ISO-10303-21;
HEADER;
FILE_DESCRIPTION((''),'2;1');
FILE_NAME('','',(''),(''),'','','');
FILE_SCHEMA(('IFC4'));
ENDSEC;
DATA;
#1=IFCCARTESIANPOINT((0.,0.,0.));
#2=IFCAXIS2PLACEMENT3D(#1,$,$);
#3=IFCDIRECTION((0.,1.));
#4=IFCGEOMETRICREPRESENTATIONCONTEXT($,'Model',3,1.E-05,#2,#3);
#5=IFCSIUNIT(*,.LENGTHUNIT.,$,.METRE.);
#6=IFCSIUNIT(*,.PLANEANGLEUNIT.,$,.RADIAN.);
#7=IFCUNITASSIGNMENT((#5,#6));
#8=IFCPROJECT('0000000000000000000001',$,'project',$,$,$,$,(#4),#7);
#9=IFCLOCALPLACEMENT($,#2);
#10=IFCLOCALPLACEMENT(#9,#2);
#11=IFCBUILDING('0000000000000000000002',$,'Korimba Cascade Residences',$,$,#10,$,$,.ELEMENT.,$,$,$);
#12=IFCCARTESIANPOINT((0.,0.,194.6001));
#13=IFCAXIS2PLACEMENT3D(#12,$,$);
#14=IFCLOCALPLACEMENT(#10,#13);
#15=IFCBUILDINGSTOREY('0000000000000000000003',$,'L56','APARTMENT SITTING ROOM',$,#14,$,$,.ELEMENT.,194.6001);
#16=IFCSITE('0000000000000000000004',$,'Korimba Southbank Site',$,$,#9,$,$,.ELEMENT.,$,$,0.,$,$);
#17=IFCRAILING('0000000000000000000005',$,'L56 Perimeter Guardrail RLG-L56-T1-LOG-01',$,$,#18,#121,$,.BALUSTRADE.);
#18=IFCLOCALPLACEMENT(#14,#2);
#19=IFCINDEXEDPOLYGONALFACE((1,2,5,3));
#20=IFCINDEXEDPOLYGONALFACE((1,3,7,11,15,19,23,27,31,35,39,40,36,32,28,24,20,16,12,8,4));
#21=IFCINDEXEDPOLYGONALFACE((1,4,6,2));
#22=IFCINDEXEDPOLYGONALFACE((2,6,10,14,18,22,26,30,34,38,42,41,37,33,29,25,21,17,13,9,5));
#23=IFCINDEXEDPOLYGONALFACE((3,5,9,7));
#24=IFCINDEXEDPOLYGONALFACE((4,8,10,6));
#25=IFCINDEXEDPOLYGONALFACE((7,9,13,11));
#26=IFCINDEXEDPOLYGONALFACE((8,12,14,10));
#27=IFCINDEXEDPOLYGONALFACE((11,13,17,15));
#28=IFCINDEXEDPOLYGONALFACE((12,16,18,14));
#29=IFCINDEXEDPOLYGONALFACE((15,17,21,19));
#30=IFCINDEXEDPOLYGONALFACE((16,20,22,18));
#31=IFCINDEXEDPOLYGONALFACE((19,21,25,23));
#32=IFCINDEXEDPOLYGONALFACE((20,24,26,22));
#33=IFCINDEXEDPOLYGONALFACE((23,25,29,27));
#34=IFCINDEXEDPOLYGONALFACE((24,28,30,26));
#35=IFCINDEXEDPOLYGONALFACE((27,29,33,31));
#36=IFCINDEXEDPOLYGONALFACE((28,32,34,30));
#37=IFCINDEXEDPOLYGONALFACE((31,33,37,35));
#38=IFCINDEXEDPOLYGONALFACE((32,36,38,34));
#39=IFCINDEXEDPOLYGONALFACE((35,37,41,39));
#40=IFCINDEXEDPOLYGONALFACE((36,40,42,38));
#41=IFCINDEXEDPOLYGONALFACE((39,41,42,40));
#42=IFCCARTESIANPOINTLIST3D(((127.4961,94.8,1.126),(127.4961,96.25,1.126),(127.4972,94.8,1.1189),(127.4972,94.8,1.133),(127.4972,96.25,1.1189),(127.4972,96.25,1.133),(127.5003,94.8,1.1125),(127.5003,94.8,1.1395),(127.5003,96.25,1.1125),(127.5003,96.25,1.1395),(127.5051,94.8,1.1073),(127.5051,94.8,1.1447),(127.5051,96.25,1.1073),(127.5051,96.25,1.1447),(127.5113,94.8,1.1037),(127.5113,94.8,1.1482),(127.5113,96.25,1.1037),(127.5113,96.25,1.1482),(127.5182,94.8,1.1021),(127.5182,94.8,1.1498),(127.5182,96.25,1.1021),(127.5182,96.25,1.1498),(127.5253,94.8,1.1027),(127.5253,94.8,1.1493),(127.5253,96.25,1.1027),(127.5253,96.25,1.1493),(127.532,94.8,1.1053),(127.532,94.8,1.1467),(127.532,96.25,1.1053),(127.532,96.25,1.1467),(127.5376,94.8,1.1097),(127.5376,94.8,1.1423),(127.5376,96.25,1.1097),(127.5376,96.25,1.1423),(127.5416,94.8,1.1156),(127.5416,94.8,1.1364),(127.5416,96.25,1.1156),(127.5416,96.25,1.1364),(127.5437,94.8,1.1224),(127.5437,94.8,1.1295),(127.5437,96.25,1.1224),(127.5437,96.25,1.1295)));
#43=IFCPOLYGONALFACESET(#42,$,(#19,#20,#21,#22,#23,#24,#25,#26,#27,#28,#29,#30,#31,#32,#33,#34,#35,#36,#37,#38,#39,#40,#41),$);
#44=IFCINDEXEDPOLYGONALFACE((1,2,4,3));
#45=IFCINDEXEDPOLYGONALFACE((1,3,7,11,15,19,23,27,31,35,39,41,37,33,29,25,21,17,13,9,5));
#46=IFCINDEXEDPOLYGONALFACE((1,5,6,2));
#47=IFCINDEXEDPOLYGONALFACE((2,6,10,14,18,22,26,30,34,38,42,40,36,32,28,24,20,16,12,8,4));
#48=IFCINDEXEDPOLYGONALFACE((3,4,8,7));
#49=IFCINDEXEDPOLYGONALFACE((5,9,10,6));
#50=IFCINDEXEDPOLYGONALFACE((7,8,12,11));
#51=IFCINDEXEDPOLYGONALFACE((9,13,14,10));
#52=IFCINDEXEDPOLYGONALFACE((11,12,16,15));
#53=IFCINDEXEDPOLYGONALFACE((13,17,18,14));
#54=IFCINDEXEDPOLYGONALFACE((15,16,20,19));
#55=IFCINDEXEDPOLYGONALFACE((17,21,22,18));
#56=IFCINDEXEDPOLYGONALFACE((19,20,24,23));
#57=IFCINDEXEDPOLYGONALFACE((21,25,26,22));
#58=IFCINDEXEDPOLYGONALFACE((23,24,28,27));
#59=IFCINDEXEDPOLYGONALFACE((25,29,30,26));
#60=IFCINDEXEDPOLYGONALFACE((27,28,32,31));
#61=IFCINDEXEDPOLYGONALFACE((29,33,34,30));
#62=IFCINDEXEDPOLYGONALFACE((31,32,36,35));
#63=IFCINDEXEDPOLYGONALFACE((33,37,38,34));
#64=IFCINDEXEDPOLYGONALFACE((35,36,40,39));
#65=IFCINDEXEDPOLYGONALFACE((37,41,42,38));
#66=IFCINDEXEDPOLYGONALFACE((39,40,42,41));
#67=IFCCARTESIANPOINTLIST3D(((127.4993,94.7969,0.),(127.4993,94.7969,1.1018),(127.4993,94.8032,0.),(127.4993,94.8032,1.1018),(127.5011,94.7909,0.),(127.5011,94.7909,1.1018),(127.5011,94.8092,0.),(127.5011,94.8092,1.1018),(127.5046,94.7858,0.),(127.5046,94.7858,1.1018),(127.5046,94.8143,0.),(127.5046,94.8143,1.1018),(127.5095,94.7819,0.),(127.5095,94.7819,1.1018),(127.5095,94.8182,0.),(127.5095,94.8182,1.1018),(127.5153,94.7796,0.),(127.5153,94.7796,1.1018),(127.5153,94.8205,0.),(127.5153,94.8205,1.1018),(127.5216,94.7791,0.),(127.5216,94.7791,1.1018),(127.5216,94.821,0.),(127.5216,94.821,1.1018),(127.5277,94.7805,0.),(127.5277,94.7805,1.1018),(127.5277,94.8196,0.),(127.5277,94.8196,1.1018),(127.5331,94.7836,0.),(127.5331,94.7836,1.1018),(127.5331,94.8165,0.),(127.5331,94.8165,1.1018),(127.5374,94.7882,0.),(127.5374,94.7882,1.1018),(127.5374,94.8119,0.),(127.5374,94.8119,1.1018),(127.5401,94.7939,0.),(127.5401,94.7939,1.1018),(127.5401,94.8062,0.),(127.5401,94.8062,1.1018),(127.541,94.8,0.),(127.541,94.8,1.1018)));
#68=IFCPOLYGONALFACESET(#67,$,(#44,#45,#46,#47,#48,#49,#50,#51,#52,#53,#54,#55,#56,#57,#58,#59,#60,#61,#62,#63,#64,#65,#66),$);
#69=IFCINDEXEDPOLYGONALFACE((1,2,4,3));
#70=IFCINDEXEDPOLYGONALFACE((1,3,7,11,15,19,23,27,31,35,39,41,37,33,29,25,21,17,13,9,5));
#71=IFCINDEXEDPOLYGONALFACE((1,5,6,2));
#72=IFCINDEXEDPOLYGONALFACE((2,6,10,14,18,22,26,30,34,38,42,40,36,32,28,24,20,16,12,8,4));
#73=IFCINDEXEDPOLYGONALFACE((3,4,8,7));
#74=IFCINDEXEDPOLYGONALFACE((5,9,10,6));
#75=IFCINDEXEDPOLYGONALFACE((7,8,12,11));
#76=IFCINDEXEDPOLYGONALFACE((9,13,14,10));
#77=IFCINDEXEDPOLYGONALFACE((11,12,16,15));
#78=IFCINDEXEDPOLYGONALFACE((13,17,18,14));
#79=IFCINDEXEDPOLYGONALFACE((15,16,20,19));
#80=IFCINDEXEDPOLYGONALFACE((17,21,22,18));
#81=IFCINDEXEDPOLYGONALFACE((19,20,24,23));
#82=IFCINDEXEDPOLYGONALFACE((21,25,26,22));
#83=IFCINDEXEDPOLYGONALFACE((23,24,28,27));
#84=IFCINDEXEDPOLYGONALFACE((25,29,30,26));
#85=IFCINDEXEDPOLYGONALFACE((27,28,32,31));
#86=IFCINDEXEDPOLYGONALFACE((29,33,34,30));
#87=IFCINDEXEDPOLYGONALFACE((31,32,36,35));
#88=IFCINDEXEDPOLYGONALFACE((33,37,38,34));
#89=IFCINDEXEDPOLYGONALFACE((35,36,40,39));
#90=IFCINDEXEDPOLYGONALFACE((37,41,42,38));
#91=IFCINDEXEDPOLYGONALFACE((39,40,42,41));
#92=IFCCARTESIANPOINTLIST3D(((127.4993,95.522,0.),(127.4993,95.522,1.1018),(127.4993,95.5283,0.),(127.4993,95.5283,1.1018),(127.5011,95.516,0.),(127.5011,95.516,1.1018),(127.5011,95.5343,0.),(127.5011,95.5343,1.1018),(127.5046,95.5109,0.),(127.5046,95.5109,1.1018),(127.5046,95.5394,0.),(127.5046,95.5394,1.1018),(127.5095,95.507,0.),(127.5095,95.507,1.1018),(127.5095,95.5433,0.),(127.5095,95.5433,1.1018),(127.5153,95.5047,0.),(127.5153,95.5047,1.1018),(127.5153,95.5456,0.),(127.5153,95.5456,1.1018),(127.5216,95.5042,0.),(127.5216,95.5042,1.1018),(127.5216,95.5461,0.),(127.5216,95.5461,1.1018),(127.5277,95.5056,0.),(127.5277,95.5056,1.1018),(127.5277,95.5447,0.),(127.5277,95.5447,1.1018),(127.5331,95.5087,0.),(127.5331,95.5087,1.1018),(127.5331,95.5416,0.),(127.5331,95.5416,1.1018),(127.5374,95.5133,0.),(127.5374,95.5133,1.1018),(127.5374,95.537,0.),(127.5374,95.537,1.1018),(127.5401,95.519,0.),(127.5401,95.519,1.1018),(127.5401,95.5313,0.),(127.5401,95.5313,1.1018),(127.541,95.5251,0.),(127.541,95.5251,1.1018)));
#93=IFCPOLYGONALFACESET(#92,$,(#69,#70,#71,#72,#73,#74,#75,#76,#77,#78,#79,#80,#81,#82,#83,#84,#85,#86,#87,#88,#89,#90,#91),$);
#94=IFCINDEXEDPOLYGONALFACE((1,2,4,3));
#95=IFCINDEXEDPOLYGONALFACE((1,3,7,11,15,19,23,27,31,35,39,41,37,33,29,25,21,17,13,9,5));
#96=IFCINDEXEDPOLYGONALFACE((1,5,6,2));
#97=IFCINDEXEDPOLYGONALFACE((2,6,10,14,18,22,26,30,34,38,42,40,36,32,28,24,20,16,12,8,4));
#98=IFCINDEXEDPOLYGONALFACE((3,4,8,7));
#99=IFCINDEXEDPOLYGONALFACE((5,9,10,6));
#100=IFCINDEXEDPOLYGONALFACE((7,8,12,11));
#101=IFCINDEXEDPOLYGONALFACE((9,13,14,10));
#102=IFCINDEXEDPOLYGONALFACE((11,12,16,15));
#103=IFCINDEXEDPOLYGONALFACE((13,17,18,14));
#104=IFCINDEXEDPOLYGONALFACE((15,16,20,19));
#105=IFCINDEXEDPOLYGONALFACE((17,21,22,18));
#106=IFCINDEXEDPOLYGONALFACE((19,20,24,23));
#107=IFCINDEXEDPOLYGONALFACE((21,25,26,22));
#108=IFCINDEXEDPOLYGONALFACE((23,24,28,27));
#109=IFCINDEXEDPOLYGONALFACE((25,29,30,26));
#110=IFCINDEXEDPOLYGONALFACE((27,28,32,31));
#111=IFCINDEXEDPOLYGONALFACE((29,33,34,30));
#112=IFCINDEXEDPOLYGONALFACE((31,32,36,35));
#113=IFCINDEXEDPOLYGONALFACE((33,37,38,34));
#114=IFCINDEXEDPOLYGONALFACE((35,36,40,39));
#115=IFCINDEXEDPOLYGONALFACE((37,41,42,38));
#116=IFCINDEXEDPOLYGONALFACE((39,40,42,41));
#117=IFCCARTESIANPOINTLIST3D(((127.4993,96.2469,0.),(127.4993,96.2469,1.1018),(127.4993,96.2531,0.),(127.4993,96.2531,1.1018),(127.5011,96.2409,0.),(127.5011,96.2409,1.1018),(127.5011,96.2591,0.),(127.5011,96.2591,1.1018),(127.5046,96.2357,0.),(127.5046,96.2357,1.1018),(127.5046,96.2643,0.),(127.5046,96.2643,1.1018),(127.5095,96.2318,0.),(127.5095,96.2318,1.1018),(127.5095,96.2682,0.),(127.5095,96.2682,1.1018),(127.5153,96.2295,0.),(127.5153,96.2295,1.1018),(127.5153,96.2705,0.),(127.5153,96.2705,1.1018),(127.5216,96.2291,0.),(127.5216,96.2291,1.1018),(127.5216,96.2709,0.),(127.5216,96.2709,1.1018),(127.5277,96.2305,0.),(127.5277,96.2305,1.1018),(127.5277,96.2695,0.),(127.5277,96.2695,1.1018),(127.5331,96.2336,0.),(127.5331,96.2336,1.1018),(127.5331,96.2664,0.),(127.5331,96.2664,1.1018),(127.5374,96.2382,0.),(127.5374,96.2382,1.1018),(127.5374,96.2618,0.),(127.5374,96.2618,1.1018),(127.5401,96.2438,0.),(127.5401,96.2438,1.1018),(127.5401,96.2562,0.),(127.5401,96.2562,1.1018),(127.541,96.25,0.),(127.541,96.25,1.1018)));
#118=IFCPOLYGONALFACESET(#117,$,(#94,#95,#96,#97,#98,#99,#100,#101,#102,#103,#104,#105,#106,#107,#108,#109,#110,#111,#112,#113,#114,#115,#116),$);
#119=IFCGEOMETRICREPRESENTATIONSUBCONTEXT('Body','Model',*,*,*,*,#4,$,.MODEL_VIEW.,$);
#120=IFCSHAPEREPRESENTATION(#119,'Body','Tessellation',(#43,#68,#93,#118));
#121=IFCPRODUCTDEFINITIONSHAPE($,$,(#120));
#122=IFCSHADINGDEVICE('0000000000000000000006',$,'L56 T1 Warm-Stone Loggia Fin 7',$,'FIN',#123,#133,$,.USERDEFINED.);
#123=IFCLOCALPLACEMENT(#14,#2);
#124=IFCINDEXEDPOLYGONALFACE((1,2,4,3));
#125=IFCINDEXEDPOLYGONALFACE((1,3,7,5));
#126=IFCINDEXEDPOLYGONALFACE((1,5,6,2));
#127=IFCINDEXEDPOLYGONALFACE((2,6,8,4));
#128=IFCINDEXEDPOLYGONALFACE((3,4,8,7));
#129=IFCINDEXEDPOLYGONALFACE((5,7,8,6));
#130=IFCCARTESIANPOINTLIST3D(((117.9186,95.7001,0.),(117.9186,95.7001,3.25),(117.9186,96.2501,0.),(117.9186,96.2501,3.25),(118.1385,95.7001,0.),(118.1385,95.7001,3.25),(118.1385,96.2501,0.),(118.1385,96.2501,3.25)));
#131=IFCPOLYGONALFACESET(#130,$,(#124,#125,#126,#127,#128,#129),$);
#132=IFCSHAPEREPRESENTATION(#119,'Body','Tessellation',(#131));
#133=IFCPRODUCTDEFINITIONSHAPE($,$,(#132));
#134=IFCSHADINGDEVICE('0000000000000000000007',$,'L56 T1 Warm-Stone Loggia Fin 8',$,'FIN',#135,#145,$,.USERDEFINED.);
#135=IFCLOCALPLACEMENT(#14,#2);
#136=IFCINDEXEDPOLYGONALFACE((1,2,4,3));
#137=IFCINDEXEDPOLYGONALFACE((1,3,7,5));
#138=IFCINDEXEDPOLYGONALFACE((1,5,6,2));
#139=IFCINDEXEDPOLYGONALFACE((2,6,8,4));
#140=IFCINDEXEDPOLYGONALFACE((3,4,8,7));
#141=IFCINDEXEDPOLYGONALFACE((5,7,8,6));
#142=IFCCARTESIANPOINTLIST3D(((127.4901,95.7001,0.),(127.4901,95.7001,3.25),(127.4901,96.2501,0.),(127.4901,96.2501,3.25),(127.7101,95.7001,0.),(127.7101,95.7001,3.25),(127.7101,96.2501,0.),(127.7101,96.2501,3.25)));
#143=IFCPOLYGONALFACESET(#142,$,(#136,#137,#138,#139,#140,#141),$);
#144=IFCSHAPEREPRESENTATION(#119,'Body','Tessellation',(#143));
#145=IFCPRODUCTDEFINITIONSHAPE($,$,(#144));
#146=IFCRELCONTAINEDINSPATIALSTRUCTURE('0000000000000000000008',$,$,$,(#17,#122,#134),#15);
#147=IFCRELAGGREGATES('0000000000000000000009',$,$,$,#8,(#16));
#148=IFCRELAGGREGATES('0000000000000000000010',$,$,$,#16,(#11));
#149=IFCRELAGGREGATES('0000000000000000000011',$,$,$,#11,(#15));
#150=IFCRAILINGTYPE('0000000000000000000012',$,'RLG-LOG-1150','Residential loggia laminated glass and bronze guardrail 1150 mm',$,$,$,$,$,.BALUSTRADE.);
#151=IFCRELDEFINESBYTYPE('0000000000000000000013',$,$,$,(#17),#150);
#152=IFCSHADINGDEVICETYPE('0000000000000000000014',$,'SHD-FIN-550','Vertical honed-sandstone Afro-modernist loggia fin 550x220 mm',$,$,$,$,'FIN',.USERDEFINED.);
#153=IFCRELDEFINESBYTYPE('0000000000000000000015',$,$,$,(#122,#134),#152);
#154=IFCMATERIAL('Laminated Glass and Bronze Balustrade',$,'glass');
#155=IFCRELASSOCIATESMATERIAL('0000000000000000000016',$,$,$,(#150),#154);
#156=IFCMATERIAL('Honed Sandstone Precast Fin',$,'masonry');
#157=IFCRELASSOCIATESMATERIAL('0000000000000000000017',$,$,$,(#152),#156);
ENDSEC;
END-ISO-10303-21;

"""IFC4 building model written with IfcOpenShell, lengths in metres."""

from ifc_helpers import new_model, si_unit, direction, frame, origin, origin_2d, place, context, subcontext, project, spatial, rectangle, circle, extrude, material, type_object, element, save


model = new_model("IFC4")

# Units and contexts
model_context = context("Model", 3, precision=1e-05, world=origin(), true_north=direction((0.0, 1.0)))
body_context = subcontext(model_context, "Body", "Model", "MODEL_VIEW")
ifc_project = project(units=[si_unit("LENGTHUNIT", "METRE"), si_unit("PLANEANGLEUNIT", "RADIAN")], contexts=[model_context])

# Site, building, storey
site_placement = place(None, origin())
site = spatial("IfcSite", under=ifc_project, at=site_placement, Name="Korimba Southbank Site", CompositionType="ELEMENT", RefElevation=0.0)
building_placement = place(site_placement, origin())
building = spatial("IfcBuilding", under=site, at=building_placement, Name="Korimba Cascade Residences", CompositionType="ELEMENT")
storey_placement = place(building_placement, frame((0.0, 0.0, 194.6001)))
storey = spatial("IfcBuildingStorey", under=building, at=storey_placement, Name="L56", Description="APARTMENT SITTING ROOM", CompositionType="ELEMENT", Elevation=194.6001)

# Railing
ifc_material_1 = material(Name="Laminated Glass and Bronze Balustrade", Category="glass")
railing_type = type_object("IfcRailingType", Name="RLG-LOG-1150", Description="Residential loggia laminated glass and bronze guardrail 1150 mm", PredefinedType="BALUSTRADE", material=ifc_material_1)
railing_placement = place(storey_placement, frame((127.52, 94.8, 0.0)))
element("IfcRailing", 1, at=railing_placement, inside=storey, type_object=railing_type, Name="L56 Perimeter Guardrail RLG-L56-T1-LOG-01", PredefinedType="BALUSTRADE", context=body_context, shape_type="SweptSolid", body=[
    extrude(circle(Radius=0.0239, at=origin_2d()), frame((0.0, 0.0, 1.126), z_axis=(0.0, 1.0, 0.0), x_axis=(-1.0, 0.0, 0.0)), (0.0, 0.0, 1.0), 1.45),
    extrude(circle(Radius=0.021, at=origin_2d()), origin(), (0.0, 0.0, 1.0), 1.1018),
    extrude(circle(Radius=0.021, at=origin_2d()), frame((0.0, 0.7251, 0.0)), (0.0, 0.0, 1.0), 1.1018),
    extrude(circle(Radius=0.021, at=origin_2d()), frame((0.0, 1.45, 0.0)), (0.0, 0.0, 1.0), 1.1018),
])

# Shading devices
ifc_material_2 = material(Name="Honed Sandstone Precast Fin", Category="masonry")
shading_device_type = type_object("IfcShadingDeviceType", Name="SHD-FIN-550", Description="Vertical honed-sandstone Afro-modernist loggia fin 550x220 mm", ElementType="FIN", PredefinedType="USERDEFINED", material=ifc_material_2)
for number, where, z_axis, x_axis, name in (
    (2, (118.0286, 95.9751, 0.0), (0.0, 0.0, 1.0), (1.0, 0.0, 0.0), "L56 T1 Warm-Stone Loggia Fin 7"),
    (3, (127.6001, 95.9751, 0.0), (0.0, 0.0, 1.0), (1.0, 0.0, 0.0), "L56 T1 Warm-Stone Loggia Fin 8"),
):
    element("IfcShadingDevice", number, at=place(storey_placement, frame(where, z_axis=z_axis, x_axis=x_axis)), inside=storey, type_object=shading_device_type, Name=name, ObjectType="FIN", PredefinedType="USERDEFINED", context=body_context, shape_type="SweptSolid", body=[
        extrude(rectangle(XDim=0.22, YDim=0.55, at=origin_2d()), origin(), (0.0, 0.0, 1.0), 3.25),
    ])

save(model, "model.ifc")
